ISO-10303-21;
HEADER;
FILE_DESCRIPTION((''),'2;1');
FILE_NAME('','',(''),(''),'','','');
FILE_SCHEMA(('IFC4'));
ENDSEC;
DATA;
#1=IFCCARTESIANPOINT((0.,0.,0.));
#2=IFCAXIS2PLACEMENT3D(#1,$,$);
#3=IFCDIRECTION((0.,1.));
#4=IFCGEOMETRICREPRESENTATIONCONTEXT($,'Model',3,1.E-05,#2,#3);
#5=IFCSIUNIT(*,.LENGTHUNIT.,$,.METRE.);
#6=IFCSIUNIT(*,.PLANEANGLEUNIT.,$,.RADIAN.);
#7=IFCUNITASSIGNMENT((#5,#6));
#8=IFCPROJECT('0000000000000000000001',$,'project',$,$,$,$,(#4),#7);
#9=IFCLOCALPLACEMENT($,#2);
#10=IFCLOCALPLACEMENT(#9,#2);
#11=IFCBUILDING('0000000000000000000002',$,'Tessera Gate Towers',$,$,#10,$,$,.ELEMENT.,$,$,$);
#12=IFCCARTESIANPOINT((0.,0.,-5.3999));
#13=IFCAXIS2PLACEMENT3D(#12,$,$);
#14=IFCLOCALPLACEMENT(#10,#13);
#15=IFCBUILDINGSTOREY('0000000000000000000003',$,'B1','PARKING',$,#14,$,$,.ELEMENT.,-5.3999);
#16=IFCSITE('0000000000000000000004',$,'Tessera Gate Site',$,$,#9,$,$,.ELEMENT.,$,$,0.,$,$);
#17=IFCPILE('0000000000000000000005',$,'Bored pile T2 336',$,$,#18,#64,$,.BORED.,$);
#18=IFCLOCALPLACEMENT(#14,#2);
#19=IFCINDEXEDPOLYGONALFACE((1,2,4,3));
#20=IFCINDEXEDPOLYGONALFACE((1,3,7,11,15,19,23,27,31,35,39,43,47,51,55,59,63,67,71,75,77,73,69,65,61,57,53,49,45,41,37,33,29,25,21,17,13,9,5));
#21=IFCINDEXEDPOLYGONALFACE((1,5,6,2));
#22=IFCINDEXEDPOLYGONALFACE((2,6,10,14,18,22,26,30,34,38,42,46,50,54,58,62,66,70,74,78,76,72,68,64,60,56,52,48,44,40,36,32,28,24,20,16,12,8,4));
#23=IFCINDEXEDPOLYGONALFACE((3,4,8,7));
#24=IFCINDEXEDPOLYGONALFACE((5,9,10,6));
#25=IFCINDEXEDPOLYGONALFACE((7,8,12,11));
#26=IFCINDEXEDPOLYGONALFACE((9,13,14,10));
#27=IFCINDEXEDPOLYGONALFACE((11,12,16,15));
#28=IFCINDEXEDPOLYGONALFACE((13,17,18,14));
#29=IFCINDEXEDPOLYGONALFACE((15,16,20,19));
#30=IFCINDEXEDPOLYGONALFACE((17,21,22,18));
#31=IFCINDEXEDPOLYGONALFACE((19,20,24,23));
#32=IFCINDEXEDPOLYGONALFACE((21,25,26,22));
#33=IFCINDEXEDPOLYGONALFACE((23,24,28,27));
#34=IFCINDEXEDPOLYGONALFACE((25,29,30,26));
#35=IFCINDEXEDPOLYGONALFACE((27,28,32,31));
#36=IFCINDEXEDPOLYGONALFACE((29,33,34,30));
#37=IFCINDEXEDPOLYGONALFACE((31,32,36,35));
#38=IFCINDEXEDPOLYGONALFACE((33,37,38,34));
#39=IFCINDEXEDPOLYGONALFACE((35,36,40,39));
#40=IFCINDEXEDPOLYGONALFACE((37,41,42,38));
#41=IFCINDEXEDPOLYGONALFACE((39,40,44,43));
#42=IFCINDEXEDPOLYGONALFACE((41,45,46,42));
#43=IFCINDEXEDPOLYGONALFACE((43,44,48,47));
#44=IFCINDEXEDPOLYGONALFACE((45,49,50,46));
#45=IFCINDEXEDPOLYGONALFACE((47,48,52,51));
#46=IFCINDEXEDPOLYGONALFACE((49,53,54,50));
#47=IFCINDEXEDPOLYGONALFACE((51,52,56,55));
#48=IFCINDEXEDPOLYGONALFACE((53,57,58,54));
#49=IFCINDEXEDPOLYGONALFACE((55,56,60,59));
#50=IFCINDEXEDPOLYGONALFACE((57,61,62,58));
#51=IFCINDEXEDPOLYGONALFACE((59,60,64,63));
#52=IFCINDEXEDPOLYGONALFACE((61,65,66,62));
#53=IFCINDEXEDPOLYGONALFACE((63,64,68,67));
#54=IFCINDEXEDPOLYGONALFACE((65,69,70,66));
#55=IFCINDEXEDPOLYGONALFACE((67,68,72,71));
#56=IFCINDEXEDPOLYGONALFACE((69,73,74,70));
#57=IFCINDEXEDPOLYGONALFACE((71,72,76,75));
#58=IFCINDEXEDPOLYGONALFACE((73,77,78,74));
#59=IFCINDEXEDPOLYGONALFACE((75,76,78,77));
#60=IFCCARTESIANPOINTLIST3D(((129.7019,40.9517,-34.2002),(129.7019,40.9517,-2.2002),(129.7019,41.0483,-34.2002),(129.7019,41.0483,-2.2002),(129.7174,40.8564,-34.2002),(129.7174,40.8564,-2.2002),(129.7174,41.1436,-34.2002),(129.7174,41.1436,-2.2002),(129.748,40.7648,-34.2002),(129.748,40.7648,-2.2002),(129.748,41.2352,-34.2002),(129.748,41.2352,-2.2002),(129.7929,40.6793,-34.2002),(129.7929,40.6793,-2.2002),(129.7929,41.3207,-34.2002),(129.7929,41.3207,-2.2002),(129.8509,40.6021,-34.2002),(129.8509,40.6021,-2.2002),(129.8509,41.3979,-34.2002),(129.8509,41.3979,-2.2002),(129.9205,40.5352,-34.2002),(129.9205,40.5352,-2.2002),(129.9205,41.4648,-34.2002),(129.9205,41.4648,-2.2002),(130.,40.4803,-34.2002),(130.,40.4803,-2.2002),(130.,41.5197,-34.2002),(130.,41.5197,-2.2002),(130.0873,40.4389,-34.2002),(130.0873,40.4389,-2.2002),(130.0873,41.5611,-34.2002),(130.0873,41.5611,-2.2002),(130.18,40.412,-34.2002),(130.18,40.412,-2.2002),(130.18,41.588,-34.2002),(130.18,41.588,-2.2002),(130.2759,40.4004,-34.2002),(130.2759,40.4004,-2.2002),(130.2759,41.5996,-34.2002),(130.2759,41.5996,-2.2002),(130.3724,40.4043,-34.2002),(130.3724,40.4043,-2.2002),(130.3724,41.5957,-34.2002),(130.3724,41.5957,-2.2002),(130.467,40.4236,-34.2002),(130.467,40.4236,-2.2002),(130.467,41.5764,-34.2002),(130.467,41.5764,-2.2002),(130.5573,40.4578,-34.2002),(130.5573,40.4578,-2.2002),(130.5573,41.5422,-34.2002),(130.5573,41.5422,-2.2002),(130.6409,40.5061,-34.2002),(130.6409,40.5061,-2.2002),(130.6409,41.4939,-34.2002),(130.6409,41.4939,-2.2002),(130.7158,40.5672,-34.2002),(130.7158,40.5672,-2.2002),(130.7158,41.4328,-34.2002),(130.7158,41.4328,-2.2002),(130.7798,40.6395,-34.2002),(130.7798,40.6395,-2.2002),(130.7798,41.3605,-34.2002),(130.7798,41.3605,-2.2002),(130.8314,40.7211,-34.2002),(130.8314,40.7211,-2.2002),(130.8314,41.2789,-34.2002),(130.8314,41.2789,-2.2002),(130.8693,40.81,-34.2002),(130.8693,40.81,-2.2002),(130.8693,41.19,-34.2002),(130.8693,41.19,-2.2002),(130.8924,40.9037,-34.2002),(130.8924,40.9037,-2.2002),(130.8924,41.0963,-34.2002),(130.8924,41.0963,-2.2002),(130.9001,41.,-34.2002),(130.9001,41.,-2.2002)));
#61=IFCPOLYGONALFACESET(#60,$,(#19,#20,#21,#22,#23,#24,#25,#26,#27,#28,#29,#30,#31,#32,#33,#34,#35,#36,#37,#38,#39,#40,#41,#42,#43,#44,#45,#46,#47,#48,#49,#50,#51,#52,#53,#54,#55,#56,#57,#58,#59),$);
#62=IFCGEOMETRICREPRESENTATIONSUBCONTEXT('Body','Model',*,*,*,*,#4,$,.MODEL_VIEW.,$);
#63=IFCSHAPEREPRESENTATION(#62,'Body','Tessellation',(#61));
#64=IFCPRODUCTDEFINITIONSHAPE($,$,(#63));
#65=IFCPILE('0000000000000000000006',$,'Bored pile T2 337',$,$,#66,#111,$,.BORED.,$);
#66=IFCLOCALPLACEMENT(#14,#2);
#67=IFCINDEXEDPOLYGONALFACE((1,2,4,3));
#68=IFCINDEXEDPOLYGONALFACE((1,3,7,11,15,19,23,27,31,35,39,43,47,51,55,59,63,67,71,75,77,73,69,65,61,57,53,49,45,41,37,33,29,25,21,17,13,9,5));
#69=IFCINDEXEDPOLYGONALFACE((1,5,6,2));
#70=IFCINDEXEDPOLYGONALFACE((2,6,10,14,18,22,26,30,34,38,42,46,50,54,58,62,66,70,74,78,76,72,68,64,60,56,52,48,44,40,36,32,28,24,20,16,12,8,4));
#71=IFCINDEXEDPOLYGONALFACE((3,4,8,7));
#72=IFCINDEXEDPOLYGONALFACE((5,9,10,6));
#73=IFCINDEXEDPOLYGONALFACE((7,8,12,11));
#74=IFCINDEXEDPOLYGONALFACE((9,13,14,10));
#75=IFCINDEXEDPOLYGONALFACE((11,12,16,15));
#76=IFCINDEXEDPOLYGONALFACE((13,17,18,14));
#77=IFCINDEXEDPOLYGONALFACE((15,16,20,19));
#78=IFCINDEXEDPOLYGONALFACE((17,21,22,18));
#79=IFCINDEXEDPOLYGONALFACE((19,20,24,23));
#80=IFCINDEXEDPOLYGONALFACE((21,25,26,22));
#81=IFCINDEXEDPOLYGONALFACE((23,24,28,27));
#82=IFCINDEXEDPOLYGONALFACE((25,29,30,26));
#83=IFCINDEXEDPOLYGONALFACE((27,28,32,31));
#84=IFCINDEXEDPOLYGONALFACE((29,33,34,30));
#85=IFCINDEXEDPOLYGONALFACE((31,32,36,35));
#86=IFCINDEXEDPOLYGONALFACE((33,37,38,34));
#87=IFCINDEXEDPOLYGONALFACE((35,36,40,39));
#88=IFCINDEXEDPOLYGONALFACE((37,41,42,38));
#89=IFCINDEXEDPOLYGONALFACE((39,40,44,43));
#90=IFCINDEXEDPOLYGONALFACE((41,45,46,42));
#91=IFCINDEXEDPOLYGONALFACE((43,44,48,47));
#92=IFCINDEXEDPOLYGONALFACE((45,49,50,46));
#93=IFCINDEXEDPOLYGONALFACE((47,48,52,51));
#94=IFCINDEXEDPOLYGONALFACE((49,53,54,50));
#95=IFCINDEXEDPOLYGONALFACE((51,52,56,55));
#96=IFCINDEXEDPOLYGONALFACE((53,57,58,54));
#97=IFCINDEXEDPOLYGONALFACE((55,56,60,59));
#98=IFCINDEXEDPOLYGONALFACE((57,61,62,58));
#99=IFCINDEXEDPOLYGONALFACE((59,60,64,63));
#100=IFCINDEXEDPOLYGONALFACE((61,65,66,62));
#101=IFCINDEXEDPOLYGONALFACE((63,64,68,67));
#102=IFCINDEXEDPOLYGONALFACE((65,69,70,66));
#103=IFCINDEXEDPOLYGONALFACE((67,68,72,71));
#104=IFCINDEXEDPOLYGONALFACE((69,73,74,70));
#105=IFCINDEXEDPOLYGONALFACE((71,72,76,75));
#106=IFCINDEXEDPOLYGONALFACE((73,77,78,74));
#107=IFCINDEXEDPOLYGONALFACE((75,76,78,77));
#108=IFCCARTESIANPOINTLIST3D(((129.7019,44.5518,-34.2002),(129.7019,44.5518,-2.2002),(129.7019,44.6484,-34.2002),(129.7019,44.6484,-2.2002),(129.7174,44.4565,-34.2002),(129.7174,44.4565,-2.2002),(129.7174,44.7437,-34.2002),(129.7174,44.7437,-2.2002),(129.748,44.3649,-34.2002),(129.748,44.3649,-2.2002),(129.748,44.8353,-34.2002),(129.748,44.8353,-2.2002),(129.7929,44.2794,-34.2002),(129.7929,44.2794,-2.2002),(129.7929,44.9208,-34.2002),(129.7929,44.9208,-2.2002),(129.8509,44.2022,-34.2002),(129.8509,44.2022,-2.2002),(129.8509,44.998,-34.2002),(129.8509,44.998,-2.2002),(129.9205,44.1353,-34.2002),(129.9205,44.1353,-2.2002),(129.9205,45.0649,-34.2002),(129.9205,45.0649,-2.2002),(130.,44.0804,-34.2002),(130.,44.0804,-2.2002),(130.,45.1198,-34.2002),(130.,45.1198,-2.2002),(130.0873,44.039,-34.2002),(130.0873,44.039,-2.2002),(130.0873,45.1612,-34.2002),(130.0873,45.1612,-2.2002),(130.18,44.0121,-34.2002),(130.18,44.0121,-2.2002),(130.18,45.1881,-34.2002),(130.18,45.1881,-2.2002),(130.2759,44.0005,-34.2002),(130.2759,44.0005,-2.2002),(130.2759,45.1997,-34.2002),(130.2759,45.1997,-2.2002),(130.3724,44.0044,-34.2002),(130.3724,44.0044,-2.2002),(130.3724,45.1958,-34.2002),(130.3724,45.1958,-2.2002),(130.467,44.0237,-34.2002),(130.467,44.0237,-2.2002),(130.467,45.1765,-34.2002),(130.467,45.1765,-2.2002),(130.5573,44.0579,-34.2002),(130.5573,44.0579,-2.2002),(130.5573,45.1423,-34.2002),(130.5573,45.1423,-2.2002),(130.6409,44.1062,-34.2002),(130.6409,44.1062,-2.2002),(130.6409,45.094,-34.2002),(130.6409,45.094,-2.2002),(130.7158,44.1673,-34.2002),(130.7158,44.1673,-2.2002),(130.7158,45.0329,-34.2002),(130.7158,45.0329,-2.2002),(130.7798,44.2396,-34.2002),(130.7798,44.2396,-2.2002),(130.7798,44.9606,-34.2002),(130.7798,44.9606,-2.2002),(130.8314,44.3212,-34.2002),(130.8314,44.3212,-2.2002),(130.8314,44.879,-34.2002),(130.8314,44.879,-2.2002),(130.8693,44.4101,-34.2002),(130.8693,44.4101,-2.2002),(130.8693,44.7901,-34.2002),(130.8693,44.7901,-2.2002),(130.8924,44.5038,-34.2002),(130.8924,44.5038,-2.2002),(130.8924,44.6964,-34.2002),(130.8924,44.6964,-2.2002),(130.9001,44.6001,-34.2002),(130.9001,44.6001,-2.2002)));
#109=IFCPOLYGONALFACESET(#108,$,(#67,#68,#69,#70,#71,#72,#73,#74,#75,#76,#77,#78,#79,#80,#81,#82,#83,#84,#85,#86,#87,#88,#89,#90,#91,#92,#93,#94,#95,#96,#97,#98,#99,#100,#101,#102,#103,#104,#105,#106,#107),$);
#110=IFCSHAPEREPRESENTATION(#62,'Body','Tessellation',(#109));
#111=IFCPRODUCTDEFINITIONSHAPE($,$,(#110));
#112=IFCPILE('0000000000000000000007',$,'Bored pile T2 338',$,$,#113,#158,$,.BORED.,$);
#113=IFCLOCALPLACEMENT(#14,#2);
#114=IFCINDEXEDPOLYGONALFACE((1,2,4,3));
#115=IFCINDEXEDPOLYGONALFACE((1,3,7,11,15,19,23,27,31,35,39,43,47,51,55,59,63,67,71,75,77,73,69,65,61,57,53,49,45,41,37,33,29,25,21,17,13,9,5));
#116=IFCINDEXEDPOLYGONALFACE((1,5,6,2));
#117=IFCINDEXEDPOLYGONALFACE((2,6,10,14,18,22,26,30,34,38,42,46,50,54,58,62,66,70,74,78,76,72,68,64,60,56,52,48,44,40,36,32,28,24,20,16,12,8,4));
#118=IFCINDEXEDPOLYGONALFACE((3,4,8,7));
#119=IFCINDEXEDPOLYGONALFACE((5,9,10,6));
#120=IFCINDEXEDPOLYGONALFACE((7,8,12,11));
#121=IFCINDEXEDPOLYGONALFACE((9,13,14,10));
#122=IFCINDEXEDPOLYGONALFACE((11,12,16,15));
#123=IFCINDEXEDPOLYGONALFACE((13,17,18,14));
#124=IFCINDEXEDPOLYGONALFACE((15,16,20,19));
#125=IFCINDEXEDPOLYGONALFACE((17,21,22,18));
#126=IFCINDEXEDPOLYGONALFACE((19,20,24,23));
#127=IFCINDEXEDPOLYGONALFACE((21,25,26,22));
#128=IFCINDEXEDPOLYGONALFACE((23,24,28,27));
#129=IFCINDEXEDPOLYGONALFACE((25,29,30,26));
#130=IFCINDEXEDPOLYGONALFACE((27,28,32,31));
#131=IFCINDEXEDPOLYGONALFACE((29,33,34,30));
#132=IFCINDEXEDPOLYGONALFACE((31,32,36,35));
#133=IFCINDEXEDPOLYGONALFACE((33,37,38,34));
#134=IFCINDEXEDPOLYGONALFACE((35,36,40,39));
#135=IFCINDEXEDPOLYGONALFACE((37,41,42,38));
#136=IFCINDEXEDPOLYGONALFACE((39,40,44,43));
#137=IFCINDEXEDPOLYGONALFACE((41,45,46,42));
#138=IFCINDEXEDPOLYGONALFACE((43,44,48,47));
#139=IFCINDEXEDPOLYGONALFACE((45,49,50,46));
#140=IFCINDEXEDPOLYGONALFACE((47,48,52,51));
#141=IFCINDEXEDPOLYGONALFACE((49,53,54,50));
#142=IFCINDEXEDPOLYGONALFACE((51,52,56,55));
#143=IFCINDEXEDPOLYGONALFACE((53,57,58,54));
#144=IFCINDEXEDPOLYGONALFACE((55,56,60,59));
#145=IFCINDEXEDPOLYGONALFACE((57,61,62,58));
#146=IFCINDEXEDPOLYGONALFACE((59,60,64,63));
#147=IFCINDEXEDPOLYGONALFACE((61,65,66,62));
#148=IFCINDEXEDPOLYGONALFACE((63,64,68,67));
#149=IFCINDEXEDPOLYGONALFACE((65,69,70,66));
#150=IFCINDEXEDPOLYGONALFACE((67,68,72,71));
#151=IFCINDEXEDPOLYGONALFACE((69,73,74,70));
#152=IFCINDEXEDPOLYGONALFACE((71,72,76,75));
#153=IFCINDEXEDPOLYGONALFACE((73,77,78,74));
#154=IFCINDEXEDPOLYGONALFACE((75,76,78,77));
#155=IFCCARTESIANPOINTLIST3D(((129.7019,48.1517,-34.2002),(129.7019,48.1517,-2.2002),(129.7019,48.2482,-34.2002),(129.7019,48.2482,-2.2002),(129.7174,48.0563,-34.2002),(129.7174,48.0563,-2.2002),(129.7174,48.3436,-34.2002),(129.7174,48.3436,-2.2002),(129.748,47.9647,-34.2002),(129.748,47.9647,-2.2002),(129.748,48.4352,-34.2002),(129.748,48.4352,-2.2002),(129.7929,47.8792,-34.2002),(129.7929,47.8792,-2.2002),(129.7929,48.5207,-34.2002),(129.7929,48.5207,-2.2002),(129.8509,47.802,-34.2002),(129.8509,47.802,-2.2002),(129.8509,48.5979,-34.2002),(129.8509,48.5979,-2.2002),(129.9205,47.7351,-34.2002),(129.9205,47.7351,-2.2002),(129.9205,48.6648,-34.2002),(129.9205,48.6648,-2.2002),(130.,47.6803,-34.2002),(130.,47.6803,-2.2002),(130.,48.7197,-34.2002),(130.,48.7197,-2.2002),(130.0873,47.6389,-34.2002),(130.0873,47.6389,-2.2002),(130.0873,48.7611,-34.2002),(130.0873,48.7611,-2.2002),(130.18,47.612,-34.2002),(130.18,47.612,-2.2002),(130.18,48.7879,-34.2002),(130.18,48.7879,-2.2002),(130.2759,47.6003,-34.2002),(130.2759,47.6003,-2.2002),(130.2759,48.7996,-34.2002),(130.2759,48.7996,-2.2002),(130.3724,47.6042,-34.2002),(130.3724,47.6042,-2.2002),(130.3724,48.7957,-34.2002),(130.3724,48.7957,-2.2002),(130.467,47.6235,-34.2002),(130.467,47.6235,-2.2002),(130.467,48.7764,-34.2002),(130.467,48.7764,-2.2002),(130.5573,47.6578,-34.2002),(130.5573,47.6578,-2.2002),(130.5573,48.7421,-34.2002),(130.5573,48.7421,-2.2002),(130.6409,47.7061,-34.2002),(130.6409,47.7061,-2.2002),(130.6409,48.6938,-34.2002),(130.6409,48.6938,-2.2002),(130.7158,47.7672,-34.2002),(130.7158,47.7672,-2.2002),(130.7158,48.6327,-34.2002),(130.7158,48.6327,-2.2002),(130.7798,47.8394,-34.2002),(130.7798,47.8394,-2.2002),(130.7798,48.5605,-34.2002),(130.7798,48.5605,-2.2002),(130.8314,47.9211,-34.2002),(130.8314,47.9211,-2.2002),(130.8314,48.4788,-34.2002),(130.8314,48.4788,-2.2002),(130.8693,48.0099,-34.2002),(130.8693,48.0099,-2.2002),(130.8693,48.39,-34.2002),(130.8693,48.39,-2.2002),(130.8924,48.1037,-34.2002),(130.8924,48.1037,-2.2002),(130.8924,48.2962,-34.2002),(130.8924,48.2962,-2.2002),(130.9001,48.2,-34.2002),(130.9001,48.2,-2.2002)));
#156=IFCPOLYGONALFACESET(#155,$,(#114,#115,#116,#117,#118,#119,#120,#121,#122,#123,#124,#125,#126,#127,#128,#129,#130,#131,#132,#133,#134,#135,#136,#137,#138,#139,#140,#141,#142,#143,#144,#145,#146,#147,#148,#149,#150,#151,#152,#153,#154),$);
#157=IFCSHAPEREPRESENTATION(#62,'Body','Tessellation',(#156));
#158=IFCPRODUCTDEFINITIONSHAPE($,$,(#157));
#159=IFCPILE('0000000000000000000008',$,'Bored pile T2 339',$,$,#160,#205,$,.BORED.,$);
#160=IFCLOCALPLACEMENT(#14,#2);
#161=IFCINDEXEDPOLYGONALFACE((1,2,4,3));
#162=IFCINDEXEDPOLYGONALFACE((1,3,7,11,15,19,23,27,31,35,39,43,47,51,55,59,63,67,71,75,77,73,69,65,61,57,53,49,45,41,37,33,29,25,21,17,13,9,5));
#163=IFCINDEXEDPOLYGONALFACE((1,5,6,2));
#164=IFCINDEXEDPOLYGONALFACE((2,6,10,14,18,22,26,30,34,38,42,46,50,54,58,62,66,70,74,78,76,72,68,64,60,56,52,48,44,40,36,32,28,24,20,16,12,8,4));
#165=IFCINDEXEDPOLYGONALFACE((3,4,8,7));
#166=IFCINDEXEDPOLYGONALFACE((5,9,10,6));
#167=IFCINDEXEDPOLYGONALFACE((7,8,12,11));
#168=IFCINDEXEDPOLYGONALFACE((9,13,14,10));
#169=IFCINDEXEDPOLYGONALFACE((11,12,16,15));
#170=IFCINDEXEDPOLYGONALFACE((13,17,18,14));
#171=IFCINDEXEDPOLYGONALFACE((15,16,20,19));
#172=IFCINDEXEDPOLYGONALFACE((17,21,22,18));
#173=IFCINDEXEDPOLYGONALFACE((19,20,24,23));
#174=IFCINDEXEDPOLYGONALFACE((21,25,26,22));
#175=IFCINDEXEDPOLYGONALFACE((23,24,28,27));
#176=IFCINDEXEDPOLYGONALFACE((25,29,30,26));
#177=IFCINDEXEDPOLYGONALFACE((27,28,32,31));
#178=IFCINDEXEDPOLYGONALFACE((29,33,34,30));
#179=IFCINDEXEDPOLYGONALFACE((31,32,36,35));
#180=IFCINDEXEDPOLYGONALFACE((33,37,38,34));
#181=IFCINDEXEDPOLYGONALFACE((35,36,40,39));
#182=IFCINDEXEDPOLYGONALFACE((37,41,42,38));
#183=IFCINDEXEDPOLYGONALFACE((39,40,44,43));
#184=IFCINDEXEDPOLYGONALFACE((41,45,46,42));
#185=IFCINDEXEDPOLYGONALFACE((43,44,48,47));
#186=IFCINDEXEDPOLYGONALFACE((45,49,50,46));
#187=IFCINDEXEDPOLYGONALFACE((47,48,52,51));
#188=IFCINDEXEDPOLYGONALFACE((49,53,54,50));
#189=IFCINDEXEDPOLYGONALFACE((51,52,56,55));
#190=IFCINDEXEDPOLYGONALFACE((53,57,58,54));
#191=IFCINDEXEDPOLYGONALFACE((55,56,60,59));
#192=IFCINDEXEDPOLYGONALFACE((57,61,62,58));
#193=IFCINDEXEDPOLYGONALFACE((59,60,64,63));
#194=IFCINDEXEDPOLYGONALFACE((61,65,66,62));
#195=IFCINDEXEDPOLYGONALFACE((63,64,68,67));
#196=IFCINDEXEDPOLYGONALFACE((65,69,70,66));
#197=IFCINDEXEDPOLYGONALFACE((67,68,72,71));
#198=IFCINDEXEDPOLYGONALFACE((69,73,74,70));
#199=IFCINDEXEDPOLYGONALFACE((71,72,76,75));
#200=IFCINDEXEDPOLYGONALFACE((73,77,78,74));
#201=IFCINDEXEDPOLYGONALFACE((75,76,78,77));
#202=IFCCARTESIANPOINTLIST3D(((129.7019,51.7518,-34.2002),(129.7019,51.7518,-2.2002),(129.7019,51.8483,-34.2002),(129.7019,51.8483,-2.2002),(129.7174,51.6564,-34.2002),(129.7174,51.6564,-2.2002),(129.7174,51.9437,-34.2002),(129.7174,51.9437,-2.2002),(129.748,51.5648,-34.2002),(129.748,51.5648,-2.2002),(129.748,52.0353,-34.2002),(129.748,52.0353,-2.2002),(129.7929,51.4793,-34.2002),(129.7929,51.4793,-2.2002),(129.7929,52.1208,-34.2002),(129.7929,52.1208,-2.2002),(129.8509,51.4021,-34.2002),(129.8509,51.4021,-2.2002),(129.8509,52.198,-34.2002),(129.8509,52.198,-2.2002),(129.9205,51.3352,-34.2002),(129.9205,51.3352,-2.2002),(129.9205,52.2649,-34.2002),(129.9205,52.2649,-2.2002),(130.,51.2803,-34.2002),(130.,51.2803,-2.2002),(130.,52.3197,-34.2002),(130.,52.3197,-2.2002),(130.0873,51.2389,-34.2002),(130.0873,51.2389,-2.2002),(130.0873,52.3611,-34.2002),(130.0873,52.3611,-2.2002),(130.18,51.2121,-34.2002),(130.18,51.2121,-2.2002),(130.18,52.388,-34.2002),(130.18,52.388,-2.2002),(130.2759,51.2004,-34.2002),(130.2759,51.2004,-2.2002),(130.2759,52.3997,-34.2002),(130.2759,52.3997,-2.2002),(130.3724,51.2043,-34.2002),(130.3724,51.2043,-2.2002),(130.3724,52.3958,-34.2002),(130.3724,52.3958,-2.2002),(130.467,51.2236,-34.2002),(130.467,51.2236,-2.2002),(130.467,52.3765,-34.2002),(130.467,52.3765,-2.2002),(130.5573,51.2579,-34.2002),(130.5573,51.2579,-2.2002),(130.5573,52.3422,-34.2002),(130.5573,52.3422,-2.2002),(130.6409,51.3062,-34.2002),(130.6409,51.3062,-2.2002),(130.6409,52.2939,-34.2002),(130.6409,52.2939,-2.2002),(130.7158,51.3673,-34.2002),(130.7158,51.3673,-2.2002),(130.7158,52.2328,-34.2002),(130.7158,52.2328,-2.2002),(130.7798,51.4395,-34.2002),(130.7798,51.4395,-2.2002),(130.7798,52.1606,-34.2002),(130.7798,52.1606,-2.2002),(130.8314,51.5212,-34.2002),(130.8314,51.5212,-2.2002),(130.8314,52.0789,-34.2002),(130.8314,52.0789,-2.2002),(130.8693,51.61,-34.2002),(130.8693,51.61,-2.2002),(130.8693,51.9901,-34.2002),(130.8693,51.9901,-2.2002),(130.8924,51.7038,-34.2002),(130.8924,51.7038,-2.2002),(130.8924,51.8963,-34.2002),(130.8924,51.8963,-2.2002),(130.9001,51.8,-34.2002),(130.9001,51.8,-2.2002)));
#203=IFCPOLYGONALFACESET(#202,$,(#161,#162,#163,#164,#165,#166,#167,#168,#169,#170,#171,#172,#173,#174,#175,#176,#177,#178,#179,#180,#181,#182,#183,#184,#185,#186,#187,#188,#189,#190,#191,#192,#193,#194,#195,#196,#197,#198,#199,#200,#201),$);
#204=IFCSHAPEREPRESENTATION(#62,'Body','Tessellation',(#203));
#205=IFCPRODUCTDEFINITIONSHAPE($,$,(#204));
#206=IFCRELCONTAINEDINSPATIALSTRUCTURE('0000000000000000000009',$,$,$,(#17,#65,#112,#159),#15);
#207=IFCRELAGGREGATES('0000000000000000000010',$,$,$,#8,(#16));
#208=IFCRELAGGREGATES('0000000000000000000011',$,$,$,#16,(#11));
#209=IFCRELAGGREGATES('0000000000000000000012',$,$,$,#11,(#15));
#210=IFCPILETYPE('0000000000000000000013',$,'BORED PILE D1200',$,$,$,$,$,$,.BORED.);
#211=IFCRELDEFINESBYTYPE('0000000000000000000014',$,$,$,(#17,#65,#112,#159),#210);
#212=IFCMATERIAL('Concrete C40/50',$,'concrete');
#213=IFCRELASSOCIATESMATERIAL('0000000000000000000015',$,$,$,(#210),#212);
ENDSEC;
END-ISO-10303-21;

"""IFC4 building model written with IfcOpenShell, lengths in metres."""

from ifc_helpers import new_model, si_unit, direction, frame, origin, origin_2d, place, context, subcontext, project, spatial, circle, extrude, material, material_profile, profile_set, type_object, element, save


model = new_model("IFC4")

# Units and contexts
model_context = context("Model", 3, precision=1e-05, world=origin(), true_north=direction((0.0, 1.0)))
body_context = subcontext(model_context, "Body", "Model", "MODEL_VIEW")
ifc_project = project(units=[si_unit("LENGTHUNIT", "METRE"), si_unit("PLANEANGLEUNIT", "RADIAN")], contexts=[model_context])

# Site, building, storey
site_placement = place(None, origin())
site = spatial("IfcSite", under=ifc_project, at=site_placement, Name="Tessera Gate Site", CompositionType="ELEMENT", RefElevation=0.0)
building_placement = place(site_placement, origin())
building = spatial("IfcBuilding", under=site, at=building_placement, Name="Tessera Gate Towers", CompositionType="ELEMENT")
storey_placement = place(building_placement, frame((0.0, 0.0, -5.3999)))
storey = spatial("IfcBuildingStorey", under=building, at=storey_placement, Name="B1", Description="PARKING", CompositionType="ELEMENT", Elevation=-5.3999)

# Piles
ifc_material_1 = material(Name="Concrete C40/50", Category="concrete")
ifc_material_profile_1 = material_profile(ifc_material_1, circle(Radius=0.6001, at=origin_2d()), Name="BORED PILE D1200")
ifc_profile_set_1 = profile_set([ifc_material_profile_1], Name="Concrete C40/50")
pile_type = type_object("IfcPileType", Name="BORED PILE D1200", PredefinedType="BORED", material=ifc_profile_set_1)
for number, where, z_axis, x_axis, name in (
    (1, (130.3, 41.0, -2.2002), (0.0, 0.0, -1.0), (1.0, 0.0, 0.0), "Bored pile T2 336"),
    (2, (130.3, 44.6001, -2.2002), (0.0, 0.0, -1.0), (1.0, 0.0, 0.0), "Bored pile T2 337"),
    (3, (130.3, 48.2, -2.2002), (0.0, 0.0, -1.0), (1.0, 0.0, 0.0), "Bored pile T2 338"),
    (4, (130.3, 51.8, -2.2002), (0.0, 0.0, -1.0), (1.0, 0.0, 0.0), "Bored pile T2 339"),
):
    element("IfcPile", number, at=place(storey_placement, frame(where, z_axis=z_axis, x_axis=x_axis)), inside=storey, type_object=pile_type, Name=name, PredefinedType="BORED", context=body_context, shape_type="SweptSolid", body=[
        extrude(circle(Radius=0.6001, at=origin_2d()), origin(), (0.0, 0.0, 1.0), 32.0),
    ])

save(model, "model.ifc")
